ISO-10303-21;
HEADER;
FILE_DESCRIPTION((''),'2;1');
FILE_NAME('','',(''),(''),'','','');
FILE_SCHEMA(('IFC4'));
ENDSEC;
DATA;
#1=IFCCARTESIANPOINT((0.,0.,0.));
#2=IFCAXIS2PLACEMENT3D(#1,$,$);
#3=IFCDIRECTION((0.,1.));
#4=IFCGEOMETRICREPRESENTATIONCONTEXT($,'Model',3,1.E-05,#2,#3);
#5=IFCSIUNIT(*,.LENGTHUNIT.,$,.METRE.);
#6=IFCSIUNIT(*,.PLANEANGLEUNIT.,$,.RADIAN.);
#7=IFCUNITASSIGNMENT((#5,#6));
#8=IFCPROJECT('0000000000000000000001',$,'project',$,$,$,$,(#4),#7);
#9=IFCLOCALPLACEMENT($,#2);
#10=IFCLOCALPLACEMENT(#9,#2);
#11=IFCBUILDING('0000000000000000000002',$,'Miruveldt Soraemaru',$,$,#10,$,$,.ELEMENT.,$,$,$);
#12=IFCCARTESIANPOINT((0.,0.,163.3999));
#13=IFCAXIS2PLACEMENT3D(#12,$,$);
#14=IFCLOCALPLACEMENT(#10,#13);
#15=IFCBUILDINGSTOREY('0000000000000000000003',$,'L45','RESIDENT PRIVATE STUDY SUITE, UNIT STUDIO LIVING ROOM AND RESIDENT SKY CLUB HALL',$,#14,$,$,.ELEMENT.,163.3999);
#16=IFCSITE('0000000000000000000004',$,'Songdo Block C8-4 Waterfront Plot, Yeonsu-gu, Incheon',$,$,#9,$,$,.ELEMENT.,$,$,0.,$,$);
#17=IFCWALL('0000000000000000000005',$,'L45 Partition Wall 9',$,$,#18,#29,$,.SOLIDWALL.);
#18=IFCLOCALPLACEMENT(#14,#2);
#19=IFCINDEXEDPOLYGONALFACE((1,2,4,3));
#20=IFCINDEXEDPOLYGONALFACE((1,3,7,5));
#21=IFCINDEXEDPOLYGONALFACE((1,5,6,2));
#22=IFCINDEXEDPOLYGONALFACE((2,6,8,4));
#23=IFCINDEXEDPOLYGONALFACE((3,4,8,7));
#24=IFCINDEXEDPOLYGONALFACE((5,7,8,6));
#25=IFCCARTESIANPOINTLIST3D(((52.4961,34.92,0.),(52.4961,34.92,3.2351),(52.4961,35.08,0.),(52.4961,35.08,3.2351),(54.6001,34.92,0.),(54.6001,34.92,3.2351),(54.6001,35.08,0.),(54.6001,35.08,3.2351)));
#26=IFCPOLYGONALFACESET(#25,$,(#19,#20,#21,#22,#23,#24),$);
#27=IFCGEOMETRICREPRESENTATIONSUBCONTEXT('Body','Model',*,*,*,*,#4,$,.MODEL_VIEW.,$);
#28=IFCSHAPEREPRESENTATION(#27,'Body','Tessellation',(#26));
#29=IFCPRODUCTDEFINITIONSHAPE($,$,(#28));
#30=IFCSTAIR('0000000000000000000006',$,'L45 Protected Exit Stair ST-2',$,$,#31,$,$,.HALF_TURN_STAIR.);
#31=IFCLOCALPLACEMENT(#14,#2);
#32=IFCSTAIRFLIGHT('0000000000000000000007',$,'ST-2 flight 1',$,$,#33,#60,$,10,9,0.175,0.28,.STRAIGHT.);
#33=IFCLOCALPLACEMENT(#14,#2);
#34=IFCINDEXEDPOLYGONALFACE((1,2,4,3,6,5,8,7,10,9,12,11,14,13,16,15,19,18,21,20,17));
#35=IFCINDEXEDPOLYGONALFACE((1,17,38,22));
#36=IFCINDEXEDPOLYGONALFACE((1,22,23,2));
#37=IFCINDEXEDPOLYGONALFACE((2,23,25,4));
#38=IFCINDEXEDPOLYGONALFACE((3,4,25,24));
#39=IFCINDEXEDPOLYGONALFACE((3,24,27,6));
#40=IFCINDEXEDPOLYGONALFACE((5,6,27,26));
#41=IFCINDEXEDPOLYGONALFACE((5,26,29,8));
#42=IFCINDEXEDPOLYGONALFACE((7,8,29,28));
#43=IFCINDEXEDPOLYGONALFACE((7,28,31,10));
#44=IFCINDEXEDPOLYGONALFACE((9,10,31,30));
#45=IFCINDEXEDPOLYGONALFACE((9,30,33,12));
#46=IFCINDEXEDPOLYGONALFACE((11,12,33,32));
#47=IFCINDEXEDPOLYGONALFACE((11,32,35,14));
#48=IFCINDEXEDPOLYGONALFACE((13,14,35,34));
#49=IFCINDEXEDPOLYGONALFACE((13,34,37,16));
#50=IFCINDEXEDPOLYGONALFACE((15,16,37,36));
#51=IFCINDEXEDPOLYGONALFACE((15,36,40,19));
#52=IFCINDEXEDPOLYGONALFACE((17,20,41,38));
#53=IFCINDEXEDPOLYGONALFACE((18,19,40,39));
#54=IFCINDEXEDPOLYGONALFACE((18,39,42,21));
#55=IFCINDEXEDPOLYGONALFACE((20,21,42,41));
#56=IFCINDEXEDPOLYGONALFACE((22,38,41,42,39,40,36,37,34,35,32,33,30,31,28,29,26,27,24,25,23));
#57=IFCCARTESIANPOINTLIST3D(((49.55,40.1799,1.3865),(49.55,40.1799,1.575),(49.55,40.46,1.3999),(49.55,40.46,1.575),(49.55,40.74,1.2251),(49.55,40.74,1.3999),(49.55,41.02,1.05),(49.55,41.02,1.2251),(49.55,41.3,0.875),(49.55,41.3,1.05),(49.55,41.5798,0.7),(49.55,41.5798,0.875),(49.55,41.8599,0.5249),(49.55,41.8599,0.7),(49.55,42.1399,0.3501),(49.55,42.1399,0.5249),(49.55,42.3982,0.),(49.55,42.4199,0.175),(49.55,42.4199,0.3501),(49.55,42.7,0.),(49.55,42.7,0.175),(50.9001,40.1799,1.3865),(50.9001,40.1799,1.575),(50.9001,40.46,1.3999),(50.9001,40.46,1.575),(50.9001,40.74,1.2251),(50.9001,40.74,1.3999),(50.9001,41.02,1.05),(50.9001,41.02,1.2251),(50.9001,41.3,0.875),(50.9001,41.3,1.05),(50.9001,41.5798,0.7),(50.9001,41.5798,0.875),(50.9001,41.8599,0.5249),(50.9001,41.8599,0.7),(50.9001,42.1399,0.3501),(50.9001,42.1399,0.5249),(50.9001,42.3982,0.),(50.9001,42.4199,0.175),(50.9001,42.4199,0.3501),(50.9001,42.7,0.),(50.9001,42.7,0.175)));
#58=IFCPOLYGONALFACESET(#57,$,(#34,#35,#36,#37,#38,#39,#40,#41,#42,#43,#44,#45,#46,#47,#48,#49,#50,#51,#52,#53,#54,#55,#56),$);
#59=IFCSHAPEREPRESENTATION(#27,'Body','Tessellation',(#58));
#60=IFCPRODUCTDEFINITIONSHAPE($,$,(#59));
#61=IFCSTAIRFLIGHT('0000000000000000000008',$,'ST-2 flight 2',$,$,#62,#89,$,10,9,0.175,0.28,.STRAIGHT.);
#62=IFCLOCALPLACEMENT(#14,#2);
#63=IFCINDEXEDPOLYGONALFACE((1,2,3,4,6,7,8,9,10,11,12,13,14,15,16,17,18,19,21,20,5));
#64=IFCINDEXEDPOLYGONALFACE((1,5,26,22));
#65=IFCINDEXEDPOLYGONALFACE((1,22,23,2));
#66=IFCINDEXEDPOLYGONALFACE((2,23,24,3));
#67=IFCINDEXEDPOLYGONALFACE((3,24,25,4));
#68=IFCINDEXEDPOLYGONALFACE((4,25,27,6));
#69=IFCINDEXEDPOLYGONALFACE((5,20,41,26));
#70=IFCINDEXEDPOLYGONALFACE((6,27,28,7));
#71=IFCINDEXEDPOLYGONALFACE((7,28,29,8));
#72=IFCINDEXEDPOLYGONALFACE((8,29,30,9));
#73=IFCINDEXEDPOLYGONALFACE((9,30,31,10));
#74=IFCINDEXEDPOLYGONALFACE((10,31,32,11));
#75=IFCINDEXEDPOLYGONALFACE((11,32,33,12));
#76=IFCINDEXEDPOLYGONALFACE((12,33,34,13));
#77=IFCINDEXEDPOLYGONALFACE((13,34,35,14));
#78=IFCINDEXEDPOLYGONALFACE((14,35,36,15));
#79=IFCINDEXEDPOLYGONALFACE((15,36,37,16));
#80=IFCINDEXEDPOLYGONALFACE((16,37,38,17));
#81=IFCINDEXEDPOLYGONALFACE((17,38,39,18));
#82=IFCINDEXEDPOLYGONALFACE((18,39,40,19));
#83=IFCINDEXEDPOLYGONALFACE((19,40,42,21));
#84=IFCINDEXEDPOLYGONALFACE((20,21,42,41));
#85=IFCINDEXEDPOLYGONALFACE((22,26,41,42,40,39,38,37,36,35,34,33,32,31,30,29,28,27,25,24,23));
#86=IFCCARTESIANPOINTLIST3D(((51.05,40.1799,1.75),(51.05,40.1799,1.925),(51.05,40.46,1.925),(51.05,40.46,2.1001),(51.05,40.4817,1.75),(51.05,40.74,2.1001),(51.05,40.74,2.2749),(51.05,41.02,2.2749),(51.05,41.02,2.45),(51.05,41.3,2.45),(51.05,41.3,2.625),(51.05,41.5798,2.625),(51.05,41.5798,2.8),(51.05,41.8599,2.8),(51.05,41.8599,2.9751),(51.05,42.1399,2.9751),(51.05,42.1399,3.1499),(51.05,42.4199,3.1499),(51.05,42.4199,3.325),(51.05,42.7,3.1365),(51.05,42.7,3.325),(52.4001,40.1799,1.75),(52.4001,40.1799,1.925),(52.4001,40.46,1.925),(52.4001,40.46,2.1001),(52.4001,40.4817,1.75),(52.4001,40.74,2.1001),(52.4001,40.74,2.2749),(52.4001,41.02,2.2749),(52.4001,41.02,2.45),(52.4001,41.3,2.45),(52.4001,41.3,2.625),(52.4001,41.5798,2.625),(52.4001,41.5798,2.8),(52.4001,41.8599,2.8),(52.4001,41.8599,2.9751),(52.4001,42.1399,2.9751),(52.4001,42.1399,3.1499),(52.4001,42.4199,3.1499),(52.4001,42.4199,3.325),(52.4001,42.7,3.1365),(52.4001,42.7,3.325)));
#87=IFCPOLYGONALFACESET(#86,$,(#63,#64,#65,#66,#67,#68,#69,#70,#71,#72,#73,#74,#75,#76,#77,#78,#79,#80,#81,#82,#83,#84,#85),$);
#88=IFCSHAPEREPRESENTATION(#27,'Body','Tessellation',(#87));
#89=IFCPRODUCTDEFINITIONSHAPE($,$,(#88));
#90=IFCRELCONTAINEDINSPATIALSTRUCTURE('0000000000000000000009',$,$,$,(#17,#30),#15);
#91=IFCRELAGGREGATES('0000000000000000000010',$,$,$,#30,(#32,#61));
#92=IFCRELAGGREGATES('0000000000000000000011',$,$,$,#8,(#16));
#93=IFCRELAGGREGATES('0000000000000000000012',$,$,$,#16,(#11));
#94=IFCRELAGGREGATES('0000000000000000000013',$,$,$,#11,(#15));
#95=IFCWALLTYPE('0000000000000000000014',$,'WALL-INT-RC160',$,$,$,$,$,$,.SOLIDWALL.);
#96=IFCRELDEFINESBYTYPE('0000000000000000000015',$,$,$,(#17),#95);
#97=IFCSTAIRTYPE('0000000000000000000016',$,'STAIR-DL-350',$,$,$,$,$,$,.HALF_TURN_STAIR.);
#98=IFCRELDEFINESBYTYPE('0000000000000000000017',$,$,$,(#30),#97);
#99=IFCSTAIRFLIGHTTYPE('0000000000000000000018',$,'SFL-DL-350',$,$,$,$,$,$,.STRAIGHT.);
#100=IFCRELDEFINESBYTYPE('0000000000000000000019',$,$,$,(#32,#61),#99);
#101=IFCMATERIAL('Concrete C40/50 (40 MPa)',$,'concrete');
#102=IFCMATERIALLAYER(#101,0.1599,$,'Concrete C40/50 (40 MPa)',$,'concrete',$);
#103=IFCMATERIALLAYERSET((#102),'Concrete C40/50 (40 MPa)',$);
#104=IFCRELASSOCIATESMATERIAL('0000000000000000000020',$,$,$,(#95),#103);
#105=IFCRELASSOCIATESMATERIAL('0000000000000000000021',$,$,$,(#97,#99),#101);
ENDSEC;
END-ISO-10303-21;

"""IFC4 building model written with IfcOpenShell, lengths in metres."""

from ifc_helpers import new_model, si_unit, direction, frame, frame_2d, origin, place, context, subcontext, project, spatial, polyline, rectangle, outline, extrude, material, layer, layer_set, type_object, element, aggregate, save


model = new_model("IFC4")

# Units and contexts
model_context = context("Model", 3, precision=1e-05, world=origin(), true_north=direction((0.0, 1.0)))
body_context = subcontext(model_context, "Body", "Model", "MODEL_VIEW")
ifc_project = project(units=[si_unit("LENGTHUNIT", "METRE"), si_unit("PLANEANGLEUNIT", "RADIAN")], contexts=[model_context])

# Site, building, storey
site_placement = place(None, origin())
site = spatial("IfcSite", under=ifc_project, at=site_placement, Name="Songdo Block C8-4 Waterfront Plot, Yeonsu-gu, Incheon", CompositionType="ELEMENT", RefElevation=0.0)
building_placement = place(site_placement, origin())
building = spatial("IfcBuilding", under=site, at=building_placement, Name="Miruveldt Soraemaru", CompositionType="ELEMENT")
storey_placement = place(building_placement, frame((0.0, 0.0, 163.3999)))
storey = spatial("IfcBuildingStorey", under=building, at=storey_placement, Name="L45", Description="RESIDENT PRIVATE STUDY SUITE, UNIT STUDIO LIVING ROOM AND RESIDENT SKY CLUB HALL", CompositionType="ELEMENT", Elevation=163.3999)

# Wall
ifc_material_1 = material(Name="Concrete C40/50 (40 MPa)", Category="concrete")
ifc_layer_1 = layer(ifc_material_1, 0.1599, Name="Concrete C40/50 (40 MPa)", Category="concrete")
ifc_layer_set_1 = layer_set([ifc_layer_1], Name="Concrete C40/50 (40 MPa)")
wall_type_1 = type_object("IfcWallType", Name="WALL-INT-RC160", PredefinedType="SOLIDWALL", material=ifc_layer_set_1)
wall_1_placement = place(storey_placement, frame((52.4961, 35.0, 0.0), z_axis=(0.0, 0.0, 1.0), x_axis=(1.0, 0.0, 0.0)))
element("IfcWall", 1, at=wall_1_placement, inside=storey, type_object=wall_type_1, Name="L45 Partition Wall 9", PredefinedType="SOLIDWALL", context=body_context, shape_type="SweptSolid", body=[
    extrude(rectangle(XDim=2.104, YDim=0.1599, at=frame_2d((1.052, 0.0))), origin(), (0.0, 0.0, 1.0), 3.2351),
])

# Stair, stair flights
stair_type = type_object("IfcStairType", Name="STAIR-DL-350", PredefinedType="HALF_TURN_STAIR", material=ifc_material_1)
stair_placement = place(storey_placement, origin())
stair = element("IfcStair", 2, at=stair_placement, inside=storey, type_object=stair_type, Name="L45 Protected Exit Stair ST-2", PredefinedType="HALF_TURN_STAIR")
stair_flight_type = type_object("IfcStairFlightType", Name="SFL-DL-350", PredefinedType="STRAIGHT", material=ifc_material_1)
stair_flight_1_placement = place(storey_placement, frame((50.2251, 42.7, 0.0), z_axis=(0.0, 0.0, 1.0), x_axis=(0.0, -1.0, 0.0)))
stair_flight_1 = element("IfcStairFlight", 3, at=stair_flight_1_placement, type_object=stair_flight_type, Name="ST-2 flight 1", NumberOfRisers=10, NumberOfTreads=9, PredefinedType="STRAIGHT", RiserHeight=0.175, TreadLength=0.28, context=body_context, shape_type="SweptSolid", body=[
    extrude(outline(polyline([(0.0, 0.0), (0.0, 0.175), (0.28, 0.175), (0.28, 0.3501), (0.5601, 0.3501), (0.5601, 0.5249), (0.8401, 0.5249), (0.8401, 0.7), (1.1201, 0.7), (1.1201, 0.875), (1.3999, 0.875), (1.3999, 1.05), (1.6799, 1.05), (1.6799, 1.2251), (1.96, 1.2251), (1.96, 1.3999), (2.24, 1.3999), (2.24, 1.575), (2.52, 1.575), (2.52, 1.75), (2.52, 1.3865), (0.3018, 0.0), (0.0, 0.0)])), frame((0.0, 0.675, 0.0), z_axis=(0.0, -1.0, 0.0), x_axis=(1.0, 0.0, 0.0)), (0.0, 0.0, 1.0), 1.3501),
])
stair_flight_2_placement = place(storey_placement, frame((51.7251, 40.1799, 1.75), z_axis=(0.0, 0.0, 1.0), x_axis=(0.0, 1.0, 0.0)))
stair_flight_2 = element("IfcStairFlight", 4, at=stair_flight_2_placement, type_object=stair_flight_type, Name="ST-2 flight 2", NumberOfRisers=10, NumberOfTreads=9, PredefinedType="STRAIGHT", RiserHeight=0.175, TreadLength=0.28, context=body_context, shape_type="SweptSolid", body=[
    extrude(outline(polyline([(0.0, 0.0), (0.0, 0.175), (0.28, 0.175), (0.28, 0.3501), (0.5601, 0.3501), (0.5601, 0.5249), (0.8401, 0.5249), (0.8401, 0.7), (1.1201, 0.7), (1.1201, 0.875), (1.3999, 0.875), (1.3999, 1.05), (1.6799, 1.05), (1.6799, 1.2251), (1.96, 1.2251), (1.96, 1.3999), (2.24, 1.3999), (2.24, 1.575), (2.52, 1.575), (2.52, 1.75), (2.52, 1.3865), (0.3018, 0.0), (0.0, 0.0)])), frame((0.0, 0.675, 0.0), z_axis=(0.0, -1.0, 0.0), x_axis=(1.0, 0.0, 0.0)), (0.0, 0.0, 1.0), 1.3501),
])
aggregate(stair, [stair_flight_1, stair_flight_2])

save(model, "model.ifc")
